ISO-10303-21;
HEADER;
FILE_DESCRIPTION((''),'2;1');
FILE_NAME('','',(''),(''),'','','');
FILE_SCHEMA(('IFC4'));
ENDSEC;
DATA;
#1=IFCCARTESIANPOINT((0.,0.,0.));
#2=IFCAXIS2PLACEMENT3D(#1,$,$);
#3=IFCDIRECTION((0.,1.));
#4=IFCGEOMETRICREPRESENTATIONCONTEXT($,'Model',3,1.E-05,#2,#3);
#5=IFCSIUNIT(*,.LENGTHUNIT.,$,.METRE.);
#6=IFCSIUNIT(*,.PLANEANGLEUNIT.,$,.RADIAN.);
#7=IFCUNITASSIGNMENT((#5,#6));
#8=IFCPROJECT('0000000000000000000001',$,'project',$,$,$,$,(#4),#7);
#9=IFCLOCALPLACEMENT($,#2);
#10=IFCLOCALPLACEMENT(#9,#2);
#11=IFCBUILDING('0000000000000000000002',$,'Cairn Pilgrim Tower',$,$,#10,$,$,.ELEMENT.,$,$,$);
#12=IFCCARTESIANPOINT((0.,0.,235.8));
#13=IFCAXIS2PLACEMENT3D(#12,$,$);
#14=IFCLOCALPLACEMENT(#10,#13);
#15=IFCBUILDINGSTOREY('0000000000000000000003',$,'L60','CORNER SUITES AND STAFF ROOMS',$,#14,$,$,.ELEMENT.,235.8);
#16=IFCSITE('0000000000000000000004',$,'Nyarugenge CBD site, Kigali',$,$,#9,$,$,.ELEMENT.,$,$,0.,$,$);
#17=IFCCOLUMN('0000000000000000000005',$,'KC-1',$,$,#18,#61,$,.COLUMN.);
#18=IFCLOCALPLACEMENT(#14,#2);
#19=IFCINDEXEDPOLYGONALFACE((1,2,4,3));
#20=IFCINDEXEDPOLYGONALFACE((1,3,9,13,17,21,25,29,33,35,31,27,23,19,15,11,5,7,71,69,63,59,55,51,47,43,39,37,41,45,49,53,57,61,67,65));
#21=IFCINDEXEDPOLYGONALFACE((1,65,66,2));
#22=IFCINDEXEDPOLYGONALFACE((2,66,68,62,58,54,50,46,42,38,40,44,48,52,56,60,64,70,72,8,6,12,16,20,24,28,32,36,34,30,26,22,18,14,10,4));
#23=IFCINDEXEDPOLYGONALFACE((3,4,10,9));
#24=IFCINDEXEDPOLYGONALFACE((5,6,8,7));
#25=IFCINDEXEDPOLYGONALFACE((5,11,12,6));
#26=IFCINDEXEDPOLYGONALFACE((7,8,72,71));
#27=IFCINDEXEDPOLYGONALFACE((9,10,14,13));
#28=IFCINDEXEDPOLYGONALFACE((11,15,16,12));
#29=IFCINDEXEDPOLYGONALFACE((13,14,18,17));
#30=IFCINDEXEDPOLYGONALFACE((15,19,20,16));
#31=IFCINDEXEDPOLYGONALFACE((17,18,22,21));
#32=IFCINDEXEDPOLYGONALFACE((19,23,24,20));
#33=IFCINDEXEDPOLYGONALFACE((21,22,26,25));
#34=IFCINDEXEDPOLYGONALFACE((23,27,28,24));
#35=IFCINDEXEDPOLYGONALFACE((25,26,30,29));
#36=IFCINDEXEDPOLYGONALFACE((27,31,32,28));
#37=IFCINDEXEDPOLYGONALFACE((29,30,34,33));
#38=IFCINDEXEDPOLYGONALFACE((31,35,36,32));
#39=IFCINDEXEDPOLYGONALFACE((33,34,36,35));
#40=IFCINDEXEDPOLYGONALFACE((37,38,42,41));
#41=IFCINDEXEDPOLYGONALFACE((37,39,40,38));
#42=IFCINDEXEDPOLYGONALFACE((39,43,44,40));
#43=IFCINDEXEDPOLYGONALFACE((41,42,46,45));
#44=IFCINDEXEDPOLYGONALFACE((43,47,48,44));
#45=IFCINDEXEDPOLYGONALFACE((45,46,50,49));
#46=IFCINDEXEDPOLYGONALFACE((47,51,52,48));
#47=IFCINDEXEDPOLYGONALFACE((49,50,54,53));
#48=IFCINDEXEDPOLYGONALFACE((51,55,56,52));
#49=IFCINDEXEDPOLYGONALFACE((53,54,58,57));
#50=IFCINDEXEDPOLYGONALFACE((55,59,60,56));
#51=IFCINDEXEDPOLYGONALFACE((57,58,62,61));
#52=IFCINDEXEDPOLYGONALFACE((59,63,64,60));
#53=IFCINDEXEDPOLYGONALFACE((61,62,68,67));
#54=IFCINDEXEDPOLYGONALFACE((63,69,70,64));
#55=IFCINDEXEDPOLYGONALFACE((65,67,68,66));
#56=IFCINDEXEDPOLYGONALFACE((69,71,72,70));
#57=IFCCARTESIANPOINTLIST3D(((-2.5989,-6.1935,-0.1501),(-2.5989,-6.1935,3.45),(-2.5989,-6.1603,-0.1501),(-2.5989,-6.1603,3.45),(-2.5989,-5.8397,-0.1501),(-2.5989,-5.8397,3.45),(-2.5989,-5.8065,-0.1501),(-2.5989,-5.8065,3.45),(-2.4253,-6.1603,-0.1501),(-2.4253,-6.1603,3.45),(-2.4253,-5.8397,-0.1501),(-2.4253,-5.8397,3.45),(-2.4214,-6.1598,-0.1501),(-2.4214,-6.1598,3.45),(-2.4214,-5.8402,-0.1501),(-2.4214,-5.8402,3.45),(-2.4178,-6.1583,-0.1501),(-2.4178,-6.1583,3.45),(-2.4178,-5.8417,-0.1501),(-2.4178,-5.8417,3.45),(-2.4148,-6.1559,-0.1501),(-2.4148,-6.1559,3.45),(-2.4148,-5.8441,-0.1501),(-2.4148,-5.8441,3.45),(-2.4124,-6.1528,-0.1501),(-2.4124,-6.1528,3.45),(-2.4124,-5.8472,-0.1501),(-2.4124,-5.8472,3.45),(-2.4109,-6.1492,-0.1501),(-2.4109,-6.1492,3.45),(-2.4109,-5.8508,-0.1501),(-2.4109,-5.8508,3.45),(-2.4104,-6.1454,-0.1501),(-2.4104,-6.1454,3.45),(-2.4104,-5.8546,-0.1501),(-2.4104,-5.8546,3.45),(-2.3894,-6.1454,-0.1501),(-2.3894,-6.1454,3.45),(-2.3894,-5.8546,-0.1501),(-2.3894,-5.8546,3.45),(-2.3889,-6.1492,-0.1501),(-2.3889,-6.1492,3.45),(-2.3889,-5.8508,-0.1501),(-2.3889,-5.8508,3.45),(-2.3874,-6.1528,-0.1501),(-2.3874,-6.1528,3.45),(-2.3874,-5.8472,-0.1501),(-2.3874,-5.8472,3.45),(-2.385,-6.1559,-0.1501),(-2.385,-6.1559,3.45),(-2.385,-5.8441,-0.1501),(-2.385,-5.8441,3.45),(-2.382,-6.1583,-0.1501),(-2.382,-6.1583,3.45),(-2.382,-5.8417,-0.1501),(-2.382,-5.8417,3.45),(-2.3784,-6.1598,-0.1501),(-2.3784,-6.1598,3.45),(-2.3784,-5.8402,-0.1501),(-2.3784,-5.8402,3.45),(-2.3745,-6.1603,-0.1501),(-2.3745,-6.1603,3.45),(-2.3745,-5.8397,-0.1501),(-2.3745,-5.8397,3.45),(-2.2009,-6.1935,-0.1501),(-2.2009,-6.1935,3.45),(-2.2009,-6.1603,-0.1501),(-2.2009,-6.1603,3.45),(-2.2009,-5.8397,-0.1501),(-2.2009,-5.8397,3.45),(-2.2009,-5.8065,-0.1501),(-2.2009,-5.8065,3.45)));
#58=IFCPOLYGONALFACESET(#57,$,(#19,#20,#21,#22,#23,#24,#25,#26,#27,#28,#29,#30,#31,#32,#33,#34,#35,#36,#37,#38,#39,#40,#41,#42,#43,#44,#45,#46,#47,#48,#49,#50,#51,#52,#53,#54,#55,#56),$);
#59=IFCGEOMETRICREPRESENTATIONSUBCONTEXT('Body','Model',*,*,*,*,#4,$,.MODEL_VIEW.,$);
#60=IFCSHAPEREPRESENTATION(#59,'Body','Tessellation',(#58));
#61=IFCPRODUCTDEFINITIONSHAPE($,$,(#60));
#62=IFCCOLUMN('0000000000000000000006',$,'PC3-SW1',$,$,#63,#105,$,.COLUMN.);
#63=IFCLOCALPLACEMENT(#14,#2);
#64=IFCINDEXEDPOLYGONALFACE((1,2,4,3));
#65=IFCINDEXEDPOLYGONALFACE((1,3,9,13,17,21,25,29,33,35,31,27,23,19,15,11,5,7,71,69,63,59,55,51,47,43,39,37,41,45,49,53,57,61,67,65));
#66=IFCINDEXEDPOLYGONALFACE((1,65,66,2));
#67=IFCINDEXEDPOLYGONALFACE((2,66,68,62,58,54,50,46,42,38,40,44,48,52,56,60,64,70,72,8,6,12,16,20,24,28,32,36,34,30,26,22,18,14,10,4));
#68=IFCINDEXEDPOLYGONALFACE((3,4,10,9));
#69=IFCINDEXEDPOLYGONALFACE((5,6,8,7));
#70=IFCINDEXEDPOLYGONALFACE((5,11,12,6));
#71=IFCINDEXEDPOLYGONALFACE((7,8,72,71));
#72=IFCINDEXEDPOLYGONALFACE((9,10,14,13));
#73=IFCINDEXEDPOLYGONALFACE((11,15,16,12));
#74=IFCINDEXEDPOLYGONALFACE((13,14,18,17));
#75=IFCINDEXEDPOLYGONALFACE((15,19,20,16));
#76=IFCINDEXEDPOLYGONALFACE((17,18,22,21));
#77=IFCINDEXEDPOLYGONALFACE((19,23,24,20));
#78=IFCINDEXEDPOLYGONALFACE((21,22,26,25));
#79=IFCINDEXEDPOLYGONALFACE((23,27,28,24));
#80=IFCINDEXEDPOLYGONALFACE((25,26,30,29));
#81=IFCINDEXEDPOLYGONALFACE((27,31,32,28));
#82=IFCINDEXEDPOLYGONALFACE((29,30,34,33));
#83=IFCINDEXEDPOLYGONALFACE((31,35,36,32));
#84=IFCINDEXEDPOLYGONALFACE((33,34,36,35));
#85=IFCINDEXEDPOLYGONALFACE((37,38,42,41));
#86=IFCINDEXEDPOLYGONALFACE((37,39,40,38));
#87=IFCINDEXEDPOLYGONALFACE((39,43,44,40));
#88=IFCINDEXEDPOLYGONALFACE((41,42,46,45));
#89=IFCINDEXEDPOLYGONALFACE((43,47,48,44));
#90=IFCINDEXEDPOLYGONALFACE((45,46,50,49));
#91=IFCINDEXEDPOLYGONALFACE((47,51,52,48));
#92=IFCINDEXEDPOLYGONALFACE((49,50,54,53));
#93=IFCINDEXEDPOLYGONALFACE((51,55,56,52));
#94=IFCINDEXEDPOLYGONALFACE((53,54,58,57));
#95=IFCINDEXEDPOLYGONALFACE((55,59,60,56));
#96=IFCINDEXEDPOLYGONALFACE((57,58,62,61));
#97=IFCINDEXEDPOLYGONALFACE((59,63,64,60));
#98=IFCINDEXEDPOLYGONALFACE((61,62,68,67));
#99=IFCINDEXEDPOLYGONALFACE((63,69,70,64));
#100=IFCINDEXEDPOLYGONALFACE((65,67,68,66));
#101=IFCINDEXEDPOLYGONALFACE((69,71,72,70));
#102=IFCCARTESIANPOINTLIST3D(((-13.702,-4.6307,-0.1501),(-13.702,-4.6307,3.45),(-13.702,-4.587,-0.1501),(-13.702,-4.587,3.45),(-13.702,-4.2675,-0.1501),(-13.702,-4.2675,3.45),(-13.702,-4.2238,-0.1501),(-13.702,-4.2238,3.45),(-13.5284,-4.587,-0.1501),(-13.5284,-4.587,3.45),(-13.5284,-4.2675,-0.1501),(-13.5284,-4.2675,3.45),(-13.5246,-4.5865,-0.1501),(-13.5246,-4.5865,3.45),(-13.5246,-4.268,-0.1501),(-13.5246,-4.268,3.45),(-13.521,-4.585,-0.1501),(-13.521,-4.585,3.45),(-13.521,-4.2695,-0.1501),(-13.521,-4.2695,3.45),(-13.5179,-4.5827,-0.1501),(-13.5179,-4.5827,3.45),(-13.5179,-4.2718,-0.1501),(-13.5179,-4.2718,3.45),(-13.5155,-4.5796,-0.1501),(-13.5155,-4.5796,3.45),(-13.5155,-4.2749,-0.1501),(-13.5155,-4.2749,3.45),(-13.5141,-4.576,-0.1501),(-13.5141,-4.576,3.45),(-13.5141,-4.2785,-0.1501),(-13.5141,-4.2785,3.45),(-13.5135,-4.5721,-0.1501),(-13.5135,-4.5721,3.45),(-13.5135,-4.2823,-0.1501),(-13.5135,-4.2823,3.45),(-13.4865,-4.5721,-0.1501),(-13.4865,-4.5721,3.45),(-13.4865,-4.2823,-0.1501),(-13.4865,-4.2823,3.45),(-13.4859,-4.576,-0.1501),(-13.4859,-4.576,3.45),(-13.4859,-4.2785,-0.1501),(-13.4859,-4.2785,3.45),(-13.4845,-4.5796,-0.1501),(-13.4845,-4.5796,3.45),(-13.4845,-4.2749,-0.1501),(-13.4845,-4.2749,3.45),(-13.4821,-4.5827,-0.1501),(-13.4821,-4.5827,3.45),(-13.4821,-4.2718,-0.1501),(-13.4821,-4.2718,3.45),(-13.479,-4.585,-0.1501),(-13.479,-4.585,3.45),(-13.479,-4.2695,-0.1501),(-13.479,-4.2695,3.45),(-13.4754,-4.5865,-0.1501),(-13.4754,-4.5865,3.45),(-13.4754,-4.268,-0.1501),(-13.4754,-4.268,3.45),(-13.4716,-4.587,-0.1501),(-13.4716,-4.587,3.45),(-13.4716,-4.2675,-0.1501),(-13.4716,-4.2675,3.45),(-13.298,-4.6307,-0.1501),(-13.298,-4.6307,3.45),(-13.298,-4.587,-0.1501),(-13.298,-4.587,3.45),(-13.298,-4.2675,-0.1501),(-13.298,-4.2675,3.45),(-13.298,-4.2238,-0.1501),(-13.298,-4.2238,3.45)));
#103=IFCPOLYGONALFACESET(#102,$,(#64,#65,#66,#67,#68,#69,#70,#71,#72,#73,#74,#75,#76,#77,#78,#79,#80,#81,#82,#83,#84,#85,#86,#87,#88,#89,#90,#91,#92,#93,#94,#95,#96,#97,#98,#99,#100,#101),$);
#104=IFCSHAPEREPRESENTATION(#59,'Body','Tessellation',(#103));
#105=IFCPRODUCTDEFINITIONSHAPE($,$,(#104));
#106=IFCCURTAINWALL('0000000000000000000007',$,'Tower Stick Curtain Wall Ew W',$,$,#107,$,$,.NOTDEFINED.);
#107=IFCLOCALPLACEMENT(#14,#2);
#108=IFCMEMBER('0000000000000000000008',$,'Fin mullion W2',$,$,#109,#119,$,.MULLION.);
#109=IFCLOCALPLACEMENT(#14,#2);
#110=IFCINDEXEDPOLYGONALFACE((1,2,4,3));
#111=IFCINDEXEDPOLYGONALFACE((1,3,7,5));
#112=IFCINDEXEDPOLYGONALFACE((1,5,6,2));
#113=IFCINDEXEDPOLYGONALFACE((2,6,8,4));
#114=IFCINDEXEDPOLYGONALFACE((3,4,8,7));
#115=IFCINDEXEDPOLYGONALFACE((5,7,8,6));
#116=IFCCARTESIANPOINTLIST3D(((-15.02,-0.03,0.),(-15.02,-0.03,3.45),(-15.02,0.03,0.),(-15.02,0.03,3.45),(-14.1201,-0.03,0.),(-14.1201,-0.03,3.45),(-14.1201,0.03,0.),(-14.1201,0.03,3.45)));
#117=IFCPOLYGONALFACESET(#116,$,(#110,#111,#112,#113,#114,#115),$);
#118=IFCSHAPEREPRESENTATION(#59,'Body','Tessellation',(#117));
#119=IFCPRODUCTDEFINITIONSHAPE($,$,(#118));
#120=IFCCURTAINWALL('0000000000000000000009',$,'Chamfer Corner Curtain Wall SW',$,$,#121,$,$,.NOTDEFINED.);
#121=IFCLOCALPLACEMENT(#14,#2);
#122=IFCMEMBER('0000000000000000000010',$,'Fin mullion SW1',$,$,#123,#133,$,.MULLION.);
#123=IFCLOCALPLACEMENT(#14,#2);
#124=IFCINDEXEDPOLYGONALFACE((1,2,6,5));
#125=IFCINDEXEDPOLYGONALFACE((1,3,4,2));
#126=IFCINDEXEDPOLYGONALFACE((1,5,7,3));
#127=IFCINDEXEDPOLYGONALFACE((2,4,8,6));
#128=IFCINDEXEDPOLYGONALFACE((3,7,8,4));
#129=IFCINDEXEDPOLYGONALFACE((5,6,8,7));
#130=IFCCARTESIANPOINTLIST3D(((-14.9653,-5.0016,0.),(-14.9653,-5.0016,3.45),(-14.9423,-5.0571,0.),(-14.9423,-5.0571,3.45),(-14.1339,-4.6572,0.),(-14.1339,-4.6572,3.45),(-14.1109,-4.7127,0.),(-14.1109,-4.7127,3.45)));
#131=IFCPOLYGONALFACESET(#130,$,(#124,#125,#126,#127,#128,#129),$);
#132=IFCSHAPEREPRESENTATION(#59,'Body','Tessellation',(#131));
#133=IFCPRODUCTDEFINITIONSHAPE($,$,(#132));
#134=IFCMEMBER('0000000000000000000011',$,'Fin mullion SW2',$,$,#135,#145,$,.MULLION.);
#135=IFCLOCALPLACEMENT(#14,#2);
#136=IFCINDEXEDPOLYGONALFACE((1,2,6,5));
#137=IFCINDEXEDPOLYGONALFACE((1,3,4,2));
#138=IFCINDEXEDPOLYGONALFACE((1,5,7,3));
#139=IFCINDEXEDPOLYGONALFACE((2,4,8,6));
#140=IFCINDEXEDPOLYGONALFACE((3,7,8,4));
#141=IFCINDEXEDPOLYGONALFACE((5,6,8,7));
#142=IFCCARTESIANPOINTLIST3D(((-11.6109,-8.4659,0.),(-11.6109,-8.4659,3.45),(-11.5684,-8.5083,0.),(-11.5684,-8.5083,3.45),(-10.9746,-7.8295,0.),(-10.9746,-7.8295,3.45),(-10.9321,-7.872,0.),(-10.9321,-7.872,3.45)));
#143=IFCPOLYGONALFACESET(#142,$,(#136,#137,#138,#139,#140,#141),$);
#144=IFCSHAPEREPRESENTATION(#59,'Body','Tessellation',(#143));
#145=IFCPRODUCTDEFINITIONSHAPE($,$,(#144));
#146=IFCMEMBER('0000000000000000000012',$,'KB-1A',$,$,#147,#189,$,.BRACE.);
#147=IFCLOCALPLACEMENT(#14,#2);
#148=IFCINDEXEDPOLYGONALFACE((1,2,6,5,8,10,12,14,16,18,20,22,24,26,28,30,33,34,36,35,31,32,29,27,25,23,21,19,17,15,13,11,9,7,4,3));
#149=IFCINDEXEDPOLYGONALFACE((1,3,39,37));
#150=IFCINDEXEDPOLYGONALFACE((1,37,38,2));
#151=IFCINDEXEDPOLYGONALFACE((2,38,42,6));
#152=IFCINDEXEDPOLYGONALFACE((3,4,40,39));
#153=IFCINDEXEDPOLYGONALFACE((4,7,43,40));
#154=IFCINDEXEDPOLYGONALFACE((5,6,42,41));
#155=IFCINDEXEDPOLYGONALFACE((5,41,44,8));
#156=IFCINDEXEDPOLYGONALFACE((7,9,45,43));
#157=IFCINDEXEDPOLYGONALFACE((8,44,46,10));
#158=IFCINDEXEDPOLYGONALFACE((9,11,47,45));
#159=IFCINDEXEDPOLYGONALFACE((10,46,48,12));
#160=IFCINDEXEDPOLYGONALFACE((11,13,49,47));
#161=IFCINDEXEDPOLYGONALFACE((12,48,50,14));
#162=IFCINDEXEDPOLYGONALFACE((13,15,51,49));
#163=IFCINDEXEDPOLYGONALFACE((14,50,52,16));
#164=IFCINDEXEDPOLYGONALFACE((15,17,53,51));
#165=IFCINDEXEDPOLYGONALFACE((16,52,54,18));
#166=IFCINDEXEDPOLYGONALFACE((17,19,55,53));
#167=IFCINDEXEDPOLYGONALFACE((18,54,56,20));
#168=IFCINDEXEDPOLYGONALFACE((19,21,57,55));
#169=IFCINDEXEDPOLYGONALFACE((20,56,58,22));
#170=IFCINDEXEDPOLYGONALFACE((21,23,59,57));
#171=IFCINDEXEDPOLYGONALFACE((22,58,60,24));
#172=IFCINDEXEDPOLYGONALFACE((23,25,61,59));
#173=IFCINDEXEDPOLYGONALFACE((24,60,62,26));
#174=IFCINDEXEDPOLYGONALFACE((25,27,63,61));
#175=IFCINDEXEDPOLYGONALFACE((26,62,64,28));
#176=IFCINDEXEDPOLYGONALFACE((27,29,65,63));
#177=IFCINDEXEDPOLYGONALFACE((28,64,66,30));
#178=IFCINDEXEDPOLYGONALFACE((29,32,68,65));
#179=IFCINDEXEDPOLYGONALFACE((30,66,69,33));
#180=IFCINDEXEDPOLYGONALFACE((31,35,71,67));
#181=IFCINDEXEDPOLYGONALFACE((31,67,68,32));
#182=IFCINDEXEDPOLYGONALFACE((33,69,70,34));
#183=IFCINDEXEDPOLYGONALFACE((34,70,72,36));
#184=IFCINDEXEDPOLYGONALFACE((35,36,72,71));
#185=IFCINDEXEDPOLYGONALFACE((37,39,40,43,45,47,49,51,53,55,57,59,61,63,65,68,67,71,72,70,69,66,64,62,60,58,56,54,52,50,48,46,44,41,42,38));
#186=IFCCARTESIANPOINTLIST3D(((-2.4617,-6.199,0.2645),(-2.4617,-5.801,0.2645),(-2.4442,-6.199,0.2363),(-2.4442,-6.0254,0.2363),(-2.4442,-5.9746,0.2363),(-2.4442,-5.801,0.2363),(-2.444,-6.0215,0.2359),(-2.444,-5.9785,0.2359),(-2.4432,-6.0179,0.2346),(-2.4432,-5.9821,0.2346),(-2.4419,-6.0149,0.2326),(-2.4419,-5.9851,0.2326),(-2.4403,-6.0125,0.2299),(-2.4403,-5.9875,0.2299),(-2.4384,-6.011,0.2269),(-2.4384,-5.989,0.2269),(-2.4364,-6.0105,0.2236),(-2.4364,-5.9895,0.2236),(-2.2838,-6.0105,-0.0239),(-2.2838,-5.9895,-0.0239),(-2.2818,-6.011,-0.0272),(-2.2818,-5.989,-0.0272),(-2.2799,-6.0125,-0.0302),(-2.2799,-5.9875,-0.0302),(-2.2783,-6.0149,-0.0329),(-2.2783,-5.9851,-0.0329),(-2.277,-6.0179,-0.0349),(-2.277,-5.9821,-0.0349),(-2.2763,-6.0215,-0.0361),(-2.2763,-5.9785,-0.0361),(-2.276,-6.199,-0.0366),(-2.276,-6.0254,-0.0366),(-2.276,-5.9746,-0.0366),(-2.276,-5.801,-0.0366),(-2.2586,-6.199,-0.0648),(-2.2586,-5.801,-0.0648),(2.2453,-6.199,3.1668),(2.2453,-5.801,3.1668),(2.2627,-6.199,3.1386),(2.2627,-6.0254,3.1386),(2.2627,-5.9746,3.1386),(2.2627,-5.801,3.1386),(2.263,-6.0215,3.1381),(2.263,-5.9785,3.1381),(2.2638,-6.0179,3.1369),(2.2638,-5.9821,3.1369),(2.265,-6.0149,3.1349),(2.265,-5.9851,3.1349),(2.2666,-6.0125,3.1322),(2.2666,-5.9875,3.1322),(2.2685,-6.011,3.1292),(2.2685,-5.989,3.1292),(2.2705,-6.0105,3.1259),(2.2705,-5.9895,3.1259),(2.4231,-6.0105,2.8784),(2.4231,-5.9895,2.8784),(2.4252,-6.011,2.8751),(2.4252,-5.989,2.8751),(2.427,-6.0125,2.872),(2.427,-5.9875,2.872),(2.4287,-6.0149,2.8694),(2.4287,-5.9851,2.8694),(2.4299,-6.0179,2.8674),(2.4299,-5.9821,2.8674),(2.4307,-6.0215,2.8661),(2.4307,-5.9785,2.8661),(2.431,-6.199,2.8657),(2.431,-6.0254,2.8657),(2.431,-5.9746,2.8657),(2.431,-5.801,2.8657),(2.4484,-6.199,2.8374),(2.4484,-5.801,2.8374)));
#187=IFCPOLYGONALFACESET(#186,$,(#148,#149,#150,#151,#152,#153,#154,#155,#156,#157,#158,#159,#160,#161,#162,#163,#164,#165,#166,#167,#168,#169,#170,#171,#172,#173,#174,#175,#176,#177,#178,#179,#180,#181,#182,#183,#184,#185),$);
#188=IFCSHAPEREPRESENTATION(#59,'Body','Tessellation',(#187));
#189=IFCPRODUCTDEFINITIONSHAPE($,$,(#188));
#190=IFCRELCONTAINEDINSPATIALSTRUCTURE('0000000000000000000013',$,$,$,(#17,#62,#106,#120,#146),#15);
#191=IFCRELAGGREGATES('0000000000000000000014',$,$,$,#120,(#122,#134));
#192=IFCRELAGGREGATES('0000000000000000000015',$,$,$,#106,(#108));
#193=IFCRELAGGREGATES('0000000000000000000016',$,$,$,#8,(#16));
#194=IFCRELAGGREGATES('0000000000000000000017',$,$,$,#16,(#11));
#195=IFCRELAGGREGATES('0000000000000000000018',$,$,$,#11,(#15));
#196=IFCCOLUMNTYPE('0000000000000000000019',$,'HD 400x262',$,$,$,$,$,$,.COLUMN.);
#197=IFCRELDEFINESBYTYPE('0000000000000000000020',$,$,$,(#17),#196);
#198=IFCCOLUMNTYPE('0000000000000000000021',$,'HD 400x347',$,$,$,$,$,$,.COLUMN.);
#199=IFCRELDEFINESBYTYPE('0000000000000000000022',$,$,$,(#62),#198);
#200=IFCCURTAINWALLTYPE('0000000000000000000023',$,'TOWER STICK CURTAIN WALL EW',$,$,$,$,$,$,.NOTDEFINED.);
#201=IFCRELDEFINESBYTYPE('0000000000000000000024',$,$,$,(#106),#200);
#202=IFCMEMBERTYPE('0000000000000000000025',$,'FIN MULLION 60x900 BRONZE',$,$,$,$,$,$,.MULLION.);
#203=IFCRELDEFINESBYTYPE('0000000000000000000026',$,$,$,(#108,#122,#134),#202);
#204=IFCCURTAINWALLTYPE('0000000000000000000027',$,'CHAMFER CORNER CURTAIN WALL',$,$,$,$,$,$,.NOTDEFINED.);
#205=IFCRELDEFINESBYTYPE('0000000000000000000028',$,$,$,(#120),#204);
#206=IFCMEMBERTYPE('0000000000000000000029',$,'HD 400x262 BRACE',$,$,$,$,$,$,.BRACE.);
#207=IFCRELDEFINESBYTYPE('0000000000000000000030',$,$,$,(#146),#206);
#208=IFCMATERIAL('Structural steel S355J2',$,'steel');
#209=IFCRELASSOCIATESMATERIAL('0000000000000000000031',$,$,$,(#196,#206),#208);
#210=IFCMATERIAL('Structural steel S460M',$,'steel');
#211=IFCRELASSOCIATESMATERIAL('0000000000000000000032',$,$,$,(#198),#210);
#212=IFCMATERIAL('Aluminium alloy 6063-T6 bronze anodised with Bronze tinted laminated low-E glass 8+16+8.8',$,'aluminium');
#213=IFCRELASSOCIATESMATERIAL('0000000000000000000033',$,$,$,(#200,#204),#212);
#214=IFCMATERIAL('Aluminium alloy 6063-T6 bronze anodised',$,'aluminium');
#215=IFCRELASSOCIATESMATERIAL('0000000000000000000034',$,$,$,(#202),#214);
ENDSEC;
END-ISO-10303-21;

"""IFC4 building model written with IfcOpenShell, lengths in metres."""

from ifc_helpers import new_model, si_unit, direction, frame, origin, origin_2d, place, context, subcontext, project, spatial, rectangle, i_section, extrude, material, material_profile, profile_set, type_object, element, aggregate, save


model = new_model("IFC4")

# Units and contexts
model_context = context("Model", 3, precision=1e-05, world=origin(), true_north=direction((0.0, 1.0)))
body_context = subcontext(model_context, "Body", "Model", "MODEL_VIEW")
ifc_project = project(units=[si_unit("LENGTHUNIT", "METRE"), si_unit("PLANEANGLEUNIT", "RADIAN")], contexts=[model_context])

# Site, building, storey
site_placement = place(None, origin())
site = spatial("IfcSite", under=ifc_project, at=site_placement, Name="Nyarugenge CBD site, Kigali", CompositionType="ELEMENT", RefElevation=0.0)
building_placement = place(site_placement, origin())
building = spatial("IfcBuilding", under=site, at=building_placement, Name="Cairn Pilgrim Tower", CompositionType="ELEMENT")
storey_placement = place(building_placement, frame((0.0, 0.0, 235.8)))
storey = spatial("IfcBuildingStorey", under=building, at=storey_placement, Name="L60", Description="CORNER SUITES AND STAFF ROOMS", CompositionType="ELEMENT", Elevation=235.8)

# Columns
ifc_material_1 = material(Name="Structural steel S355J2", Category="steel")
ifc_material_profile_1 = material_profile(ifc_material_1, i_section(OverallWidth=0.3979, OverallDepth=0.387, WebThickness=0.021, FlangeThickness=0.0332, FilletRadius=0.0149, at=origin_2d()), Name="HD 400x262")
ifc_profile_set_1 = profile_set([ifc_material_profile_1], Name="Structural steel S355J2")
column_type_1 = type_object("IfcColumnType", Name="HD 400x262", PredefinedType="COLUMN", material=ifc_profile_set_1)
column_1_placement = place(storey_placement, frame((-2.3999, -6.0, -0.1501), z_axis=(0.0, 0.0, 1.0), x_axis=(1.0, 0.0, 0.0)))
element("IfcColumn", 1, at=column_1_placement, inside=storey, type_object=column_type_1, Name="KC-1", PredefinedType="COLUMN", context=body_context, shape_type="SweptSolid", body=[
    extrude(i_section(OverallWidth=0.3979, OverallDepth=0.387, WebThickness=0.021, FlangeThickness=0.0332, FilletRadius=0.0149, at=origin_2d()), origin(), (0.0, 0.0, 1.0), 3.6001),
])
ifc_material_2 = material(Name="Structural steel S460M", Category="steel")
ifc_material_profile_2 = material_profile(ifc_material_2, i_section(OverallWidth=0.4041, OverallDepth=0.407, WebThickness=0.0271, FlangeThickness=0.0437, FilletRadius=0.0149, at=origin_2d()), Name="HD 400x347")
ifc_profile_set_2 = profile_set([ifc_material_profile_2], Name="Structural steel S460M")
column_type_2 = type_object("IfcColumnType", Name="HD 400x347", PredefinedType="COLUMN", material=ifc_profile_set_2)
column_2_placement = place(storey_placement, frame((-13.5, -4.4272, -0.1501), z_axis=(0.0, 0.0, 1.0), x_axis=(1.0, 0.0, 0.0)))
element("IfcColumn", 2, at=column_2_placement, inside=storey, type_object=column_type_2, Name="PC3-SW1", PredefinedType="COLUMN", context=body_context, shape_type="SweptSolid", body=[
    extrude(i_section(OverallWidth=0.4041, OverallDepth=0.407, WebThickness=0.0271, FlangeThickness=0.0437, FilletRadius=0.0149, at=origin_2d()), origin(), (0.0, 0.0, 1.0), 3.6001),
])

# Curtain wall, member
ifc_material_3 = material(Name="Aluminium alloy 6063-T6 bronze anodised with Bronze tinted laminated low-E glass 8+16+8.8", Category="aluminium")
curtain_wall_type_1 = type_object("IfcCurtainWallType", Name="TOWER STICK CURTAIN WALL EW", PredefinedType="NOTDEFINED", material=ifc_material_3)
curtain_wall_1_placement = place(storey_placement, origin())
curtain_wall_1 = element("IfcCurtainWall", 3, at=curtain_wall_1_placement, inside=storey, type_object=curtain_wall_type_1, Name="Tower Stick Curtain Wall Ew W", PredefinedType="NOTDEFINED")
ifc_material_4 = material(Name="Aluminium alloy 6063-T6 bronze anodised", Category="aluminium")
ifc_material_profile_3 = material_profile(ifc_material_4, rectangle(XDim=0.8999, YDim=0.0601, at=origin_2d()), Name="FIN MULLION 60x900 BRONZE")
ifc_profile_set_3 = profile_set([ifc_material_profile_3], Name="Aluminium alloy 6063-T6 bronze anodised")
member_type_1 = type_object("IfcMemberType", Name="FIN MULLION 60x900 BRONZE", PredefinedType="MULLION", material=ifc_profile_set_3)
member_1_placement = place(storey_placement, frame((-14.5701, 0.0, 0.0), z_axis=(0.0, 0.0, 1.0), x_axis=(-1.0, 0.0, 0.0)))
member_1 = element("IfcMember", 4, at=member_1_placement, type_object=member_type_1, Name="Fin mullion W2", PredefinedType="MULLION", context=body_context, shape_type="SweptSolid", body=[
    extrude(rectangle(XDim=0.8999, YDim=0.0601, at=origin_2d()), origin(), (0.0, 0.0, 1.0), 3.45),
])

# Curtain wall, members
curtain_wall_type_2 = type_object("IfcCurtainWallType", Name="CHAMFER CORNER CURTAIN WALL", PredefinedType="NOTDEFINED", material=ifc_material_3)
curtain_wall_2_placement = place(storey_placement, origin())
curtain_wall_2 = element("IfcCurtainWall", 5, at=curtain_wall_2_placement, inside=storey, type_object=curtain_wall_type_2, Name="Chamfer Corner Curtain Wall SW", PredefinedType="NOTDEFINED")
member_2_placement = place(storey_placement, frame((-14.5381, -4.8572, 0.0), z_axis=(0.0, 0.0, 1.0), x_axis=(-0.92388, -0.382683, 0.0)))
member_2 = element("IfcMember", 6, at=member_2_placement, type_object=member_type_1, Name="Fin mullion SW1", PredefinedType="MULLION", context=body_context, shape_type="SweptSolid", body=[
    extrude(rectangle(XDim=0.8999, YDim=0.0601, at=origin_2d()), origin(), (0.0, 0.0, 1.0), 3.45),
])
member_3_placement = place(storey_placement, frame((-11.2715, -8.1689, 0.0), z_axis=(0.0, 0.0, 1.0), x_axis=(-0.707107, -0.707107, 0.0)))
member_3 = element("IfcMember", 7, at=member_3_placement, type_object=member_type_1, Name="Fin mullion SW2", PredefinedType="MULLION", context=body_context, shape_type="SweptSolid", body=[
    extrude(rectangle(XDim=0.8999, YDim=0.0601, at=origin_2d()), origin(), (0.0, 0.0, 1.0), 3.45),
])
aggregate(curtain_wall_2, [member_2, member_3])

# Member
ifc_material_profile_4 = material_profile(ifc_material_1, i_section(OverallWidth=0.3979, OverallDepth=0.387, WebThickness=0.021, FlangeThickness=0.0332, FilletRadius=0.0149, at=origin_2d()), Name="HD 400x262")
ifc_profile_set_4 = profile_set([ifc_material_profile_4], Name="Structural steel S355J2")
member_type_2 = type_object("IfcMemberType", Name="HD 400x262 BRACE", PredefinedType="BRACE", material=ifc_profile_set_4)
member_4_placement = place(storey_placement, frame((-2.3601, -6.0, 0.0999), z_axis=(0.851197, 0.0, 0.524846), x_axis=(0.0, 1.0, 0.0)))
element("IfcMember", 8, at=member_4_placement, inside=storey, type_object=member_type_2, Name="KB-1A", PredefinedType="BRACE", context=body_context, shape_type="SweptSolid", body=[
    extrude(i_section(OverallWidth=0.3979, OverallDepth=0.387, WebThickness=0.021, FlangeThickness=0.0332, FilletRadius=0.0149, at=origin_2d()), origin(), (0.0, 0.0, 1.0), 5.5298),
])

aggregate(curtain_wall_1, [member_1])

save(model, "model.ifc")
